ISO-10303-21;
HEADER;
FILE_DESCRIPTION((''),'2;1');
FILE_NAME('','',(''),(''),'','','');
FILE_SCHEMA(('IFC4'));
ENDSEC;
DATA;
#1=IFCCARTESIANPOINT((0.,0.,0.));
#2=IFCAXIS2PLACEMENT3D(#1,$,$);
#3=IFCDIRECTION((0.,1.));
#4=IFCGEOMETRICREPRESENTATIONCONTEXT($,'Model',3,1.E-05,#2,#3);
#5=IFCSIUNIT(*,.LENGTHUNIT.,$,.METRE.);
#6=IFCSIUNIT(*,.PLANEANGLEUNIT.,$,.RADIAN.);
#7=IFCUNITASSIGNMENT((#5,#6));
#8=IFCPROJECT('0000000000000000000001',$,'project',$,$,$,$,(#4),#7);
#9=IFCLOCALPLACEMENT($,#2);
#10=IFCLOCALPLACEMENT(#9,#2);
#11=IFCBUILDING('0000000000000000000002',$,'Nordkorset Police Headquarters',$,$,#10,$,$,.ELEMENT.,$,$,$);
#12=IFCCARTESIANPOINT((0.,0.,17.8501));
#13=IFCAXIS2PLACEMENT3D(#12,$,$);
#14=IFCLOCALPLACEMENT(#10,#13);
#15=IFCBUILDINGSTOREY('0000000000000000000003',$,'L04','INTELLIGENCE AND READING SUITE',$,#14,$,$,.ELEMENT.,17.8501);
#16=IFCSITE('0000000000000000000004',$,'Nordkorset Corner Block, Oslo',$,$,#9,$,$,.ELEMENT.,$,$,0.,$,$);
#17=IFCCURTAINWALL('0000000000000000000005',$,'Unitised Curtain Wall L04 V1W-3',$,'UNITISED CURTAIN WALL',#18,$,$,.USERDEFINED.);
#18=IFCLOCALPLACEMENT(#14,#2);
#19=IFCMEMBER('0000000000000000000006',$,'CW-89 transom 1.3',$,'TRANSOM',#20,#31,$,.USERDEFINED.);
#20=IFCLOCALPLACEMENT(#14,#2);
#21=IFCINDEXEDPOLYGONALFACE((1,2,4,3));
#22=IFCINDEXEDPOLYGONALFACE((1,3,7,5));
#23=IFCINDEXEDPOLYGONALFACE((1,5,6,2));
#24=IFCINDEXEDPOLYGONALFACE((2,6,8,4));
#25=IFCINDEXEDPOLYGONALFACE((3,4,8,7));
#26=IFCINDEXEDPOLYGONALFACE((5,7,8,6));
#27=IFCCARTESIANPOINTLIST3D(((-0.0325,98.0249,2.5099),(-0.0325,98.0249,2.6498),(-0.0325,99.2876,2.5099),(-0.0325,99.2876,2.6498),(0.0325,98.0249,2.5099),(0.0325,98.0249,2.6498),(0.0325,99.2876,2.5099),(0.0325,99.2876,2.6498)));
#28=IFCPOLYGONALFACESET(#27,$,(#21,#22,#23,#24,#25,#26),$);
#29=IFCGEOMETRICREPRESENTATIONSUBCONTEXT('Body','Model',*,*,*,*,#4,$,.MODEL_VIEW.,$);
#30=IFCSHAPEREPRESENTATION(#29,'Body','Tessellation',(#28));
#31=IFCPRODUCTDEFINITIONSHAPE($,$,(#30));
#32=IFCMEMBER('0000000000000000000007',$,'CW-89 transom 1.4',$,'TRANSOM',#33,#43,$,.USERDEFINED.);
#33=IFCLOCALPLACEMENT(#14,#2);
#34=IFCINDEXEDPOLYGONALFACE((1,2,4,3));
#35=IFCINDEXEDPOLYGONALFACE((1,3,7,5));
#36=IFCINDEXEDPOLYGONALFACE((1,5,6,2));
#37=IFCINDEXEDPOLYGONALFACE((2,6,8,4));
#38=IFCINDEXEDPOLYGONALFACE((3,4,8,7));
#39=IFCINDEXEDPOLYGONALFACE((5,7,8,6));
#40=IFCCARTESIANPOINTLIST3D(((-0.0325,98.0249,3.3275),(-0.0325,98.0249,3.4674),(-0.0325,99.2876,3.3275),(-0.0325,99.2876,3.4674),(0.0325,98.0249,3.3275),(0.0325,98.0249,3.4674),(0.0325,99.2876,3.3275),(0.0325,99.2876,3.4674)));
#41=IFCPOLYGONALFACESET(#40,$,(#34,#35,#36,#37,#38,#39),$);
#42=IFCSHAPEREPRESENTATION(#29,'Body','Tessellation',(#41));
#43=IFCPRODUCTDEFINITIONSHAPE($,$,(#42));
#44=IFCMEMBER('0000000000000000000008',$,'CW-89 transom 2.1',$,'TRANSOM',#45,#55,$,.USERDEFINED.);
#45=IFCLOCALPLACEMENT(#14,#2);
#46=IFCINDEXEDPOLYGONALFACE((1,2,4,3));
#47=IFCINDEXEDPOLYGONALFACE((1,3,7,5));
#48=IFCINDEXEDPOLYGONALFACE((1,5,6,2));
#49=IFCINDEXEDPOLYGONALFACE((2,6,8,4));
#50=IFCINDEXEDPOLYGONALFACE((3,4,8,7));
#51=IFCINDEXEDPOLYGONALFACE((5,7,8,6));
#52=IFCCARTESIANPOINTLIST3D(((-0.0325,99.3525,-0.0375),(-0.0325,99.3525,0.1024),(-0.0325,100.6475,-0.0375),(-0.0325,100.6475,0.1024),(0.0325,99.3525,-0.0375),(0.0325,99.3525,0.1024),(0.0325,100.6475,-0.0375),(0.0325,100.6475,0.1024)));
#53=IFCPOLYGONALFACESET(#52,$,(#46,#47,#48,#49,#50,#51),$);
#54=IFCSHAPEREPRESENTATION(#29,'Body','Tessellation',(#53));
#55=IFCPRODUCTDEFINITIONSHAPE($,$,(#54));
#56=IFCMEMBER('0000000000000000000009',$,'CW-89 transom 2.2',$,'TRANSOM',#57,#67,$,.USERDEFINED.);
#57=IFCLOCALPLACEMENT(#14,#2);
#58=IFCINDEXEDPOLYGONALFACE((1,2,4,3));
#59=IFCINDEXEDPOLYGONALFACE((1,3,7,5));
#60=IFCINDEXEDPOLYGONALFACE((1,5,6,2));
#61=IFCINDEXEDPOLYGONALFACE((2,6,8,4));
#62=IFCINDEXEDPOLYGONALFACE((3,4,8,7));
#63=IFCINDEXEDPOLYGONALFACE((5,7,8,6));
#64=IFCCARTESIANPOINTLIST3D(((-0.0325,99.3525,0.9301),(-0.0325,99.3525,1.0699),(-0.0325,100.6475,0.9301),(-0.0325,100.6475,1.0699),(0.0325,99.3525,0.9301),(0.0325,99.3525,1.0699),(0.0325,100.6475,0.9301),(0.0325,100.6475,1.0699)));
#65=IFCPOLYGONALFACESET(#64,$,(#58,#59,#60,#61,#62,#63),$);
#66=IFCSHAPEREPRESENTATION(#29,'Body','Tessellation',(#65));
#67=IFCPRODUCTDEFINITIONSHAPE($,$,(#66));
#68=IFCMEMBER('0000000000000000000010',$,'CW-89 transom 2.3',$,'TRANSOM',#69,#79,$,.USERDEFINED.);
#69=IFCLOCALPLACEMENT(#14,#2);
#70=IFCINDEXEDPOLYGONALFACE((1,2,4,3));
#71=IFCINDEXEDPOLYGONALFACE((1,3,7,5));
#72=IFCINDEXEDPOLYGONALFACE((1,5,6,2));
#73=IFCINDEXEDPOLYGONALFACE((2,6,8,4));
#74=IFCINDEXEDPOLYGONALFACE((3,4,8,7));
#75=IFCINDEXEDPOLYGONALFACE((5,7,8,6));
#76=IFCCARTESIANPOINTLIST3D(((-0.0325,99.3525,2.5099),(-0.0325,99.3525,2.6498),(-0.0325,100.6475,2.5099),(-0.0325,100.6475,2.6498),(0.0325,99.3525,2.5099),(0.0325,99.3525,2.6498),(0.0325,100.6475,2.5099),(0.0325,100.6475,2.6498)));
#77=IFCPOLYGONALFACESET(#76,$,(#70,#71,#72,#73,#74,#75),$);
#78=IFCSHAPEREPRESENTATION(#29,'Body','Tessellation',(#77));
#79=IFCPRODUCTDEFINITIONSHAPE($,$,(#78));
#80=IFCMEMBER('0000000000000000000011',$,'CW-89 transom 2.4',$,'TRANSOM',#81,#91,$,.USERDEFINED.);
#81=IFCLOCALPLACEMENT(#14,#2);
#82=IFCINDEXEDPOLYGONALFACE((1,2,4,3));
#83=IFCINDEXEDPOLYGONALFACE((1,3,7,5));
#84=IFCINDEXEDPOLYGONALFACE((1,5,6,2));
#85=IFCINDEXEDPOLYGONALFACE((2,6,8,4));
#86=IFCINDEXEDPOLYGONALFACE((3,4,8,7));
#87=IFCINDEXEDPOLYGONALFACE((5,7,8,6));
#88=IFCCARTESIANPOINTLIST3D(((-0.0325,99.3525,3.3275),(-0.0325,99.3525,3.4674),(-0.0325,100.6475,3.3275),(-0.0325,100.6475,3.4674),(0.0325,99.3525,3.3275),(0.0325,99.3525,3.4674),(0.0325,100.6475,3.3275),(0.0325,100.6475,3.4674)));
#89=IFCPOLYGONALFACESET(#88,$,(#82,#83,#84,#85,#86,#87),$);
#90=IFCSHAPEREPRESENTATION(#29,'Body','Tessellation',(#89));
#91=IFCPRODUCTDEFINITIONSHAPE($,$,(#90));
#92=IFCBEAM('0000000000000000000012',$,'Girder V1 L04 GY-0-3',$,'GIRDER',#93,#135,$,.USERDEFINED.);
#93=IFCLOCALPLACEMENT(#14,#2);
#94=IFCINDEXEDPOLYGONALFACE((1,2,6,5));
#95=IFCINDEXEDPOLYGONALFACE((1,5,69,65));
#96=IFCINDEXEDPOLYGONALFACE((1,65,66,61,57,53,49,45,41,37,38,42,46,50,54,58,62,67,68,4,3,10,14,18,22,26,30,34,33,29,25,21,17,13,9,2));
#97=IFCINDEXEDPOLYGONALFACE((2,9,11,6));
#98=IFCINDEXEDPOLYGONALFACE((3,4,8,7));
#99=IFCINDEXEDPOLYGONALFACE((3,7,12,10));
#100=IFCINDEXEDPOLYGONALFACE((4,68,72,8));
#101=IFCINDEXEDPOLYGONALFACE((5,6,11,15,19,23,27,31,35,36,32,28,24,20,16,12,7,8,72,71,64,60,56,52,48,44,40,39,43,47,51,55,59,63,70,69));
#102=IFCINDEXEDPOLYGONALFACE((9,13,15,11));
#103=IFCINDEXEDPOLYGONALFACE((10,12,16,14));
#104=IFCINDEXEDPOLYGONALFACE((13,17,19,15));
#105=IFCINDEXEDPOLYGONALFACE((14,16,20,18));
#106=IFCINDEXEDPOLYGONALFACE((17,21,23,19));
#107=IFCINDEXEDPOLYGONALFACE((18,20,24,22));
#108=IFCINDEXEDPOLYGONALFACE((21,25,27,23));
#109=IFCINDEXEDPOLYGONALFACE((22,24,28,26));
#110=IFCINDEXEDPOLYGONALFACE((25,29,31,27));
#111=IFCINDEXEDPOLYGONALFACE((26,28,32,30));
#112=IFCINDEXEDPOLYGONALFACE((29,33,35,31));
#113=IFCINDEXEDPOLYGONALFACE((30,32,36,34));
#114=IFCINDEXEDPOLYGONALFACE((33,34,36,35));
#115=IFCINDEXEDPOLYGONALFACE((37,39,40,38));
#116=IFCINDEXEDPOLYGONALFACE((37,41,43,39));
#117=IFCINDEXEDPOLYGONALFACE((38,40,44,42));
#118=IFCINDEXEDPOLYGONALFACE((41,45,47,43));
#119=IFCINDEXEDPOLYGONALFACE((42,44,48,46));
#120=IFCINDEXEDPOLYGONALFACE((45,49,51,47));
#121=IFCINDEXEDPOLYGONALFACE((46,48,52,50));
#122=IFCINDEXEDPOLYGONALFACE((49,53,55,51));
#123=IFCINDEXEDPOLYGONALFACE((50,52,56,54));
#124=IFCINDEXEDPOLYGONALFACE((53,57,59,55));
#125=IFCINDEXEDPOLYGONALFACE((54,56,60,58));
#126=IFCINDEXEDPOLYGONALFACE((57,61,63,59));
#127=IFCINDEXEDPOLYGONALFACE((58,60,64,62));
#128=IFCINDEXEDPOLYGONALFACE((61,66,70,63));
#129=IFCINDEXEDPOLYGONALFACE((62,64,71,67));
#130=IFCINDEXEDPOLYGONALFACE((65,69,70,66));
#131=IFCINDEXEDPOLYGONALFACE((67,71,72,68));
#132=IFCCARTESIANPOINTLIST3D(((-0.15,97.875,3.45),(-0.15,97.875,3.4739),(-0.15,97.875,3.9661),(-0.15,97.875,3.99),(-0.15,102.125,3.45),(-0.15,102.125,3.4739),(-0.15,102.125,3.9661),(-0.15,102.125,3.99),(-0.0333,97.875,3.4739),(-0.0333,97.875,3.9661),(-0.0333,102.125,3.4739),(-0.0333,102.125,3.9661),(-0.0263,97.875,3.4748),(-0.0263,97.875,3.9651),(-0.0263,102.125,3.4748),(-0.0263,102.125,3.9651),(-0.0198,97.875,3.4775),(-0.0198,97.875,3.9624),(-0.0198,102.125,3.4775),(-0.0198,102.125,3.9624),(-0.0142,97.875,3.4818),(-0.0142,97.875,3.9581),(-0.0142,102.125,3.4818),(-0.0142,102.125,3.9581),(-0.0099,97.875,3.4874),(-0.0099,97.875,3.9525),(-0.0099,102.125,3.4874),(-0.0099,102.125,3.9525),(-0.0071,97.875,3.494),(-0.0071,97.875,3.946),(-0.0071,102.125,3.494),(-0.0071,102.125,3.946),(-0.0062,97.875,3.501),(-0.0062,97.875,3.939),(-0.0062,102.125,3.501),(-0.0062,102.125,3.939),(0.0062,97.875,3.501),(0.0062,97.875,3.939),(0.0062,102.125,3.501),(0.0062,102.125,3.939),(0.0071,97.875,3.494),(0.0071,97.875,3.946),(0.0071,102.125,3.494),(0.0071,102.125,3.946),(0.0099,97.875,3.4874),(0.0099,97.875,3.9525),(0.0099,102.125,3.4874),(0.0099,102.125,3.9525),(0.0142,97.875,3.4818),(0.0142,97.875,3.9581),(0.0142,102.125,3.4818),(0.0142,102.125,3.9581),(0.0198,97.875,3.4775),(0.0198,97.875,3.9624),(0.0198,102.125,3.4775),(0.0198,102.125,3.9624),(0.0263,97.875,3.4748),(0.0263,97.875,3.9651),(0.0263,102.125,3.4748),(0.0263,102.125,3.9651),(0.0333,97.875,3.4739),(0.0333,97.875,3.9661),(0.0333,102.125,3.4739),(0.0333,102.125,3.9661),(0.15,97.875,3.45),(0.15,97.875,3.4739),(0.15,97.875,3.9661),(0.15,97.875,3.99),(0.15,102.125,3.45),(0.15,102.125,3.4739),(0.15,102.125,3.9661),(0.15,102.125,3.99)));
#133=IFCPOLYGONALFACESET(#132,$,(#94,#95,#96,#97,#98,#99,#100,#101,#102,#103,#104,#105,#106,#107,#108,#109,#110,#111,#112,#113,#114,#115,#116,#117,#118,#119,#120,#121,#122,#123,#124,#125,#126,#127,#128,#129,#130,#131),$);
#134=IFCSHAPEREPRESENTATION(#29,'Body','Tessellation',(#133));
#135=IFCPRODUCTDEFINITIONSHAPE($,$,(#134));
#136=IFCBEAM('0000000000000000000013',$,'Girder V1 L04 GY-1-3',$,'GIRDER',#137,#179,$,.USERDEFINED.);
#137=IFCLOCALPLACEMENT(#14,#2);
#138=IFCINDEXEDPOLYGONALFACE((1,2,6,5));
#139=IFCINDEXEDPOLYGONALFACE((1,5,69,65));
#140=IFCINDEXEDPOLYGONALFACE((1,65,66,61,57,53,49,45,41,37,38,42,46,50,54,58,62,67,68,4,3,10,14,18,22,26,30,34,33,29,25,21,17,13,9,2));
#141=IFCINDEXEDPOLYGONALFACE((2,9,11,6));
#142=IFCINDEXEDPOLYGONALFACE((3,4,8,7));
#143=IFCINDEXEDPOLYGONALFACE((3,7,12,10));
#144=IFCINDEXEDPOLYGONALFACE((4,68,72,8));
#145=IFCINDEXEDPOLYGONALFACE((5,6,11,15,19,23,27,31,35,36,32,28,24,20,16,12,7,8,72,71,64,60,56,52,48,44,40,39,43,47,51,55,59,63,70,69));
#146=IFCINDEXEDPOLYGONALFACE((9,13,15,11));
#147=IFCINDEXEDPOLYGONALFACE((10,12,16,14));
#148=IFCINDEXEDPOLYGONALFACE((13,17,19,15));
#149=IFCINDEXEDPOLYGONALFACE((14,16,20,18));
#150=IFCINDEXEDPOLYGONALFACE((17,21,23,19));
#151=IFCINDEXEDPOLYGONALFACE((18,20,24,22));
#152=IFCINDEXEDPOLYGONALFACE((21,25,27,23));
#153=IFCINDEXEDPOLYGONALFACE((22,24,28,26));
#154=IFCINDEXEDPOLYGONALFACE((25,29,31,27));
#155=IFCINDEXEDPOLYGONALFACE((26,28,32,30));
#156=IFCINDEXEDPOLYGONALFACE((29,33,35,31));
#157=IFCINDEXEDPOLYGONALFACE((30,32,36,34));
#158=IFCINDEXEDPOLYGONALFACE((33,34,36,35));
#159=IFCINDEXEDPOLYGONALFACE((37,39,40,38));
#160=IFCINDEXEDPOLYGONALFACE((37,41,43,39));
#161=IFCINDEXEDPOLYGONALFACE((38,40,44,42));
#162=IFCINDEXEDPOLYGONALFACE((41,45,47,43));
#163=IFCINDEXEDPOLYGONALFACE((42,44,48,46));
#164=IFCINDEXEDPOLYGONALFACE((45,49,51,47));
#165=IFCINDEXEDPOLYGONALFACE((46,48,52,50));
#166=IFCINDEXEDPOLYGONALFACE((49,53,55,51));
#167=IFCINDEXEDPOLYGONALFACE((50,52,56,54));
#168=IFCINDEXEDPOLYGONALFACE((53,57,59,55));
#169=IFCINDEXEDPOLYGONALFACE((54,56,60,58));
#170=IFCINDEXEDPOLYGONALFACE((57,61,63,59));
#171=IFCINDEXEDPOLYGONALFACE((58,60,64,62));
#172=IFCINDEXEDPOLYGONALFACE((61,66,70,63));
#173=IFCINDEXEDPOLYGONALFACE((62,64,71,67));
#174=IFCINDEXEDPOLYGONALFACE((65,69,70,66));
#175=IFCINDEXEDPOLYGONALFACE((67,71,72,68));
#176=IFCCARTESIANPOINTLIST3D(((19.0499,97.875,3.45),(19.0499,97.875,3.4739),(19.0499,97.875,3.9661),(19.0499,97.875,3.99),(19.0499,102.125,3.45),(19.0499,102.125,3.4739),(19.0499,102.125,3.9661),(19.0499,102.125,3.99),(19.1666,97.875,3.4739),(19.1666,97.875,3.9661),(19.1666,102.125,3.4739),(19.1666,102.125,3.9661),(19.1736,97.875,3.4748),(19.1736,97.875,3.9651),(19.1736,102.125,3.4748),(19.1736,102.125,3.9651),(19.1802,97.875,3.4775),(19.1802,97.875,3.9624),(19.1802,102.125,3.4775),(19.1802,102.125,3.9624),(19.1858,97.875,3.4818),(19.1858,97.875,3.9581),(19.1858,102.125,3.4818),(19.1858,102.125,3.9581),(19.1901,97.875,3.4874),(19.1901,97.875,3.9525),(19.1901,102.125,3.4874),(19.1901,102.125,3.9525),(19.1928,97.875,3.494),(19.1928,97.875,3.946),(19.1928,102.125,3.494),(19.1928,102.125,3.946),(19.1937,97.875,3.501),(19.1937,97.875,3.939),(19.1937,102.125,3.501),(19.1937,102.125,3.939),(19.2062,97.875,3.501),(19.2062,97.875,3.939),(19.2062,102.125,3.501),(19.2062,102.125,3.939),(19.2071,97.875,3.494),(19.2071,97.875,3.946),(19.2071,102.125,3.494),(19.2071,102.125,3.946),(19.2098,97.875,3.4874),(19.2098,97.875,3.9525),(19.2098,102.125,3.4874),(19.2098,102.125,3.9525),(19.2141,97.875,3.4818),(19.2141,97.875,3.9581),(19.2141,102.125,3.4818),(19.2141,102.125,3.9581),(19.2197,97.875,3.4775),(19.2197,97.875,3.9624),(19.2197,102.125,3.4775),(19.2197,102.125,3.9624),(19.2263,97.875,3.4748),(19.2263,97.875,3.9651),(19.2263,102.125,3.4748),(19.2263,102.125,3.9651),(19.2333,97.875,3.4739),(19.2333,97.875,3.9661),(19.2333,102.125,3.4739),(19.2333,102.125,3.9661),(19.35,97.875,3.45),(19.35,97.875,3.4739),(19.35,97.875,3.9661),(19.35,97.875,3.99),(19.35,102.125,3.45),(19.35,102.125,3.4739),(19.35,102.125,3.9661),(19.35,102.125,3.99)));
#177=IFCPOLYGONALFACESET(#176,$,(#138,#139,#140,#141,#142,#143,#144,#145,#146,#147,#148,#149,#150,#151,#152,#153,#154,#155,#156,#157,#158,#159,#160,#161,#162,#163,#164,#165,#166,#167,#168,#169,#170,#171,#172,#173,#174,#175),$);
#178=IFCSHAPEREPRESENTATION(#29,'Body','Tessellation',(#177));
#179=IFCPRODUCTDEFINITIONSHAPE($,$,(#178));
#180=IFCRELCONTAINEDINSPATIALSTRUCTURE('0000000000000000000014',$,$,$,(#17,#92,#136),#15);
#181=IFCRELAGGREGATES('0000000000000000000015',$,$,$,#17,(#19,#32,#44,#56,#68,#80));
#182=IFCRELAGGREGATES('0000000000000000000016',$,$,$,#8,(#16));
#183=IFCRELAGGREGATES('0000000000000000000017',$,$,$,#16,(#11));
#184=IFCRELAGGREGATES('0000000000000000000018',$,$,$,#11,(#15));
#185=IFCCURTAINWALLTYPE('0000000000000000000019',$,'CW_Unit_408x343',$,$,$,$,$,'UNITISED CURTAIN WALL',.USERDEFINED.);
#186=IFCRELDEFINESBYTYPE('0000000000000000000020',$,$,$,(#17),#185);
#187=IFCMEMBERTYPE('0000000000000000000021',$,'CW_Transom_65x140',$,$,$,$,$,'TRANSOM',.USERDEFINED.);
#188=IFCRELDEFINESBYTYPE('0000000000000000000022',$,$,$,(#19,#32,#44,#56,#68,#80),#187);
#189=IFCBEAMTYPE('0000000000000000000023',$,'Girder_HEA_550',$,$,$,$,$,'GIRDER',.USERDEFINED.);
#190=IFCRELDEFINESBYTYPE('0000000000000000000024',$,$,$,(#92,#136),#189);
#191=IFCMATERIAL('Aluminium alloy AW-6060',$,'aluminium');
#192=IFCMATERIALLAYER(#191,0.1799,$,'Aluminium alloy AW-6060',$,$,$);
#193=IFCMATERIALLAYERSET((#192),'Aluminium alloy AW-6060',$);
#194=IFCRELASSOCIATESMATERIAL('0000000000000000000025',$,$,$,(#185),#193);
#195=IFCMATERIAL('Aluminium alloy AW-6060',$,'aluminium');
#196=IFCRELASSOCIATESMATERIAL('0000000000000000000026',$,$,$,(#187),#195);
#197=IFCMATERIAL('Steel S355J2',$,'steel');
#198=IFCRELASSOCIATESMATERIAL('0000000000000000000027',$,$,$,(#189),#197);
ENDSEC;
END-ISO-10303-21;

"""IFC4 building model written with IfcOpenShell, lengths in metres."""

from ifc_helpers import new_model, si_unit, direction, frame, origin, origin_2d, place, context, subcontext, project, spatial, rectangle, i_section, extrude, material, layer, layer_set, material_profile, profile_set, type_object, element, aggregate, save


model = new_model("IFC4")

# Units and contexts
model_context = context("Model", 3, precision=1e-05, world=origin(), true_north=direction((0.0, 1.0)))
body_context = subcontext(model_context, "Body", "Model", "MODEL_VIEW")
ifc_project = project(units=[si_unit("LENGTHUNIT", "METRE"), si_unit("PLANEANGLEUNIT", "RADIAN")], contexts=[model_context])

# Site, building, storey
site_placement = place(None, origin())
site = spatial("IfcSite", under=ifc_project, at=site_placement, Name="Nordkorset Corner Block, Oslo", CompositionType="ELEMENT", RefElevation=0.0)
building_placement = place(site_placement, origin())
building = spatial("IfcBuilding", under=site, at=building_placement, Name="Nordkorset Police Headquarters", CompositionType="ELEMENT")
storey_placement = place(building_placement, frame((0.0, 0.0, 17.8501)))
storey = spatial("IfcBuildingStorey", under=building, at=storey_placement, Name="L04", Description="INTELLIGENCE AND READING SUITE", CompositionType="ELEMENT", Elevation=17.8501)

# Curtain wall
ifc_material_1 = material(Name="Aluminium alloy AW-6060", Category="aluminium")
ifc_layer_1 = layer(ifc_material_1, 0.1799, Name="Aluminium alloy AW-6060")
ifc_layer_set_1 = layer_set([ifc_layer_1], Name="Aluminium alloy AW-6060")
curtain_wall_type = type_object("IfcCurtainWallType", Name="CW_Unit_408x343", ElementType="UNITISED CURTAIN WALL", PredefinedType="USERDEFINED", material=ifc_layer_set_1)
curtain_wall_1_placement = place(storey_placement, origin())
curtain_wall_1 = element("IfcCurtainWall", 1, at=curtain_wall_1_placement, inside=storey, type_object=curtain_wall_type, Name="Unitised Curtain Wall L04 V1W-3", ObjectType="UNITISED CURTAIN WALL", PredefinedType="USERDEFINED")

# Members
ifc_material_2 = material(Name="Aluminium alloy AW-6060", Category="aluminium")
ifc_material_profile_1 = material_profile(ifc_material_2, rectangle(XDim=0.0649, YDim=0.1399, at=origin_2d()), Name="ALU TRAN 65x140")
ifc_profile_set_1 = profile_set([ifc_material_profile_1], Name="Aluminium alloy AW-6060")
member_type_1 = type_object("IfcMemberType", Name="CW_Transom_65x140", ElementType="TRANSOM", PredefinedType="USERDEFINED", material=ifc_profile_set_1)
member_1_placement = place(storey_placement, frame((0.0, 98.0249, 2.5798), z_axis=(0.0, 1.0, 0.0), x_axis=(-1.0, 0.0, 0.0)))
member_1 = element("IfcMember", 2, at=member_1_placement, type_object=member_type_1, Name="CW-89 transom 1.3", ObjectType="TRANSOM", PredefinedType="USERDEFINED", context=body_context, shape_type="SweptSolid", body=[
    extrude(rectangle(XDim=0.0649, YDim=0.1399, at=origin_2d()), origin(), (0.0, 0.0, 1.0), 1.2627),
])
member_2_placement = place(storey_placement, frame((0.0, 98.0249, 3.3975), z_axis=(0.0, 1.0, 0.0), x_axis=(-1.0, 0.0, 0.0)))
member_2 = element("IfcMember", 3, at=member_2_placement, type_object=member_type_1, Name="CW-89 transom 1.4", ObjectType="TRANSOM", PredefinedType="USERDEFINED", context=body_context, shape_type="SweptSolid", body=[
    extrude(rectangle(XDim=0.0649, YDim=0.1399, at=origin_2d()), origin(), (0.0, 0.0, 1.0), 1.2627),
])
member_3_placement = place(storey_placement, frame((0.0, 99.3525, 0.0325), z_axis=(0.0, 1.0, 0.0), x_axis=(-1.0, 0.0, 0.0)))
member_3 = element("IfcMember", 4, at=member_3_placement, type_object=member_type_1, Name="CW-89 transom 2.1", ObjectType="TRANSOM", PredefinedType="USERDEFINED", context=body_context, shape_type="SweptSolid", body=[
    extrude(rectangle(XDim=0.0649, YDim=0.1399, at=origin_2d()), origin(), (0.0, 0.0, 1.0), 1.2949),
])
member_4_placement = place(storey_placement, frame((0.0, 99.3525, 1.0), z_axis=(0.0, 1.0, 0.0), x_axis=(-1.0, 0.0, 0.0)))
member_4 = element("IfcMember", 5, at=member_4_placement, type_object=member_type_1, Name="CW-89 transom 2.2", ObjectType="TRANSOM", PredefinedType="USERDEFINED", context=body_context, shape_type="SweptSolid", body=[
    extrude(rectangle(XDim=0.0649, YDim=0.1399, at=origin_2d()), origin(), (0.0, 0.0, 1.0), 1.2949),
])
member_5_placement = place(storey_placement, frame((0.0, 99.3525, 2.5798), z_axis=(0.0, 1.0, 0.0), x_axis=(-1.0, 0.0, 0.0)))
member_5 = element("IfcMember", 6, at=member_5_placement, type_object=member_type_1, Name="CW-89 transom 2.3", ObjectType="TRANSOM", PredefinedType="USERDEFINED", context=body_context, shape_type="SweptSolid", body=[
    extrude(rectangle(XDim=0.0649, YDim=0.1399, at=origin_2d()), origin(), (0.0, 0.0, 1.0), 1.2949),
])
member_6_placement = place(storey_placement, frame((0.0, 99.3525, 3.3975), z_axis=(0.0, 1.0, 0.0), x_axis=(-1.0, 0.0, 0.0)))
member_6 = element("IfcMember", 7, at=member_6_placement, type_object=member_type_1, Name="CW-89 transom 2.4", ObjectType="TRANSOM", PredefinedType="USERDEFINED", context=body_context, shape_type="SweptSolid", body=[
    extrude(rectangle(XDim=0.0649, YDim=0.1399, at=origin_2d()), origin(), (0.0, 0.0, 1.0), 1.2949),
])

# Beams
ifc_material_3 = material(Name="Steel S355J2", Category="steel")
ifc_material_profile_2 = material_profile(ifc_material_3, i_section(OverallWidth=0.3, OverallDepth=0.54, WebThickness=0.0125, FlangeThickness=0.0239, FilletRadius=0.0271, at=origin_2d()), Name="HEA 550")
ifc_profile_set_2 = profile_set([ifc_material_profile_2], Name="Steel S355J2")
beam_type_1 = type_object("IfcBeamType", Name="Girder_HEA_550", ElementType="GIRDER", PredefinedType="USERDEFINED", material=ifc_profile_set_2)
for number, where, z_axis, x_axis, name in (
    (8, (0.0, 97.875, 3.72), (0.0, 1.0, 0.0), (-1.0, 0.0, 0.0), "Girder V1 L04 GY-0-3"),
    (9, (19.2, 97.875, 3.72), (0.0, 1.0, 0.0), (-1.0, 0.0, 0.0), "Girder V1 L04 GY-1-3"),
):
    element("IfcBeam", number, at=place(storey_placement, frame(where, z_axis=z_axis, x_axis=x_axis)), inside=storey, type_object=beam_type_1, Name=name, ObjectType="GIRDER", PredefinedType="USERDEFINED", context=body_context, shape_type="SweptSolid", body=[
        extrude(i_section(OverallWidth=0.3, OverallDepth=0.54, WebThickness=0.0125, FlangeThickness=0.0239, FilletRadius=0.0271, at=origin_2d()), origin(), (0.0, 0.0, 1.0), 4.25),
    ])

aggregate(curtain_wall_1, [member_1, member_2, member_3, member_4, member_5, member_6])

save(model, "model.ifc")
